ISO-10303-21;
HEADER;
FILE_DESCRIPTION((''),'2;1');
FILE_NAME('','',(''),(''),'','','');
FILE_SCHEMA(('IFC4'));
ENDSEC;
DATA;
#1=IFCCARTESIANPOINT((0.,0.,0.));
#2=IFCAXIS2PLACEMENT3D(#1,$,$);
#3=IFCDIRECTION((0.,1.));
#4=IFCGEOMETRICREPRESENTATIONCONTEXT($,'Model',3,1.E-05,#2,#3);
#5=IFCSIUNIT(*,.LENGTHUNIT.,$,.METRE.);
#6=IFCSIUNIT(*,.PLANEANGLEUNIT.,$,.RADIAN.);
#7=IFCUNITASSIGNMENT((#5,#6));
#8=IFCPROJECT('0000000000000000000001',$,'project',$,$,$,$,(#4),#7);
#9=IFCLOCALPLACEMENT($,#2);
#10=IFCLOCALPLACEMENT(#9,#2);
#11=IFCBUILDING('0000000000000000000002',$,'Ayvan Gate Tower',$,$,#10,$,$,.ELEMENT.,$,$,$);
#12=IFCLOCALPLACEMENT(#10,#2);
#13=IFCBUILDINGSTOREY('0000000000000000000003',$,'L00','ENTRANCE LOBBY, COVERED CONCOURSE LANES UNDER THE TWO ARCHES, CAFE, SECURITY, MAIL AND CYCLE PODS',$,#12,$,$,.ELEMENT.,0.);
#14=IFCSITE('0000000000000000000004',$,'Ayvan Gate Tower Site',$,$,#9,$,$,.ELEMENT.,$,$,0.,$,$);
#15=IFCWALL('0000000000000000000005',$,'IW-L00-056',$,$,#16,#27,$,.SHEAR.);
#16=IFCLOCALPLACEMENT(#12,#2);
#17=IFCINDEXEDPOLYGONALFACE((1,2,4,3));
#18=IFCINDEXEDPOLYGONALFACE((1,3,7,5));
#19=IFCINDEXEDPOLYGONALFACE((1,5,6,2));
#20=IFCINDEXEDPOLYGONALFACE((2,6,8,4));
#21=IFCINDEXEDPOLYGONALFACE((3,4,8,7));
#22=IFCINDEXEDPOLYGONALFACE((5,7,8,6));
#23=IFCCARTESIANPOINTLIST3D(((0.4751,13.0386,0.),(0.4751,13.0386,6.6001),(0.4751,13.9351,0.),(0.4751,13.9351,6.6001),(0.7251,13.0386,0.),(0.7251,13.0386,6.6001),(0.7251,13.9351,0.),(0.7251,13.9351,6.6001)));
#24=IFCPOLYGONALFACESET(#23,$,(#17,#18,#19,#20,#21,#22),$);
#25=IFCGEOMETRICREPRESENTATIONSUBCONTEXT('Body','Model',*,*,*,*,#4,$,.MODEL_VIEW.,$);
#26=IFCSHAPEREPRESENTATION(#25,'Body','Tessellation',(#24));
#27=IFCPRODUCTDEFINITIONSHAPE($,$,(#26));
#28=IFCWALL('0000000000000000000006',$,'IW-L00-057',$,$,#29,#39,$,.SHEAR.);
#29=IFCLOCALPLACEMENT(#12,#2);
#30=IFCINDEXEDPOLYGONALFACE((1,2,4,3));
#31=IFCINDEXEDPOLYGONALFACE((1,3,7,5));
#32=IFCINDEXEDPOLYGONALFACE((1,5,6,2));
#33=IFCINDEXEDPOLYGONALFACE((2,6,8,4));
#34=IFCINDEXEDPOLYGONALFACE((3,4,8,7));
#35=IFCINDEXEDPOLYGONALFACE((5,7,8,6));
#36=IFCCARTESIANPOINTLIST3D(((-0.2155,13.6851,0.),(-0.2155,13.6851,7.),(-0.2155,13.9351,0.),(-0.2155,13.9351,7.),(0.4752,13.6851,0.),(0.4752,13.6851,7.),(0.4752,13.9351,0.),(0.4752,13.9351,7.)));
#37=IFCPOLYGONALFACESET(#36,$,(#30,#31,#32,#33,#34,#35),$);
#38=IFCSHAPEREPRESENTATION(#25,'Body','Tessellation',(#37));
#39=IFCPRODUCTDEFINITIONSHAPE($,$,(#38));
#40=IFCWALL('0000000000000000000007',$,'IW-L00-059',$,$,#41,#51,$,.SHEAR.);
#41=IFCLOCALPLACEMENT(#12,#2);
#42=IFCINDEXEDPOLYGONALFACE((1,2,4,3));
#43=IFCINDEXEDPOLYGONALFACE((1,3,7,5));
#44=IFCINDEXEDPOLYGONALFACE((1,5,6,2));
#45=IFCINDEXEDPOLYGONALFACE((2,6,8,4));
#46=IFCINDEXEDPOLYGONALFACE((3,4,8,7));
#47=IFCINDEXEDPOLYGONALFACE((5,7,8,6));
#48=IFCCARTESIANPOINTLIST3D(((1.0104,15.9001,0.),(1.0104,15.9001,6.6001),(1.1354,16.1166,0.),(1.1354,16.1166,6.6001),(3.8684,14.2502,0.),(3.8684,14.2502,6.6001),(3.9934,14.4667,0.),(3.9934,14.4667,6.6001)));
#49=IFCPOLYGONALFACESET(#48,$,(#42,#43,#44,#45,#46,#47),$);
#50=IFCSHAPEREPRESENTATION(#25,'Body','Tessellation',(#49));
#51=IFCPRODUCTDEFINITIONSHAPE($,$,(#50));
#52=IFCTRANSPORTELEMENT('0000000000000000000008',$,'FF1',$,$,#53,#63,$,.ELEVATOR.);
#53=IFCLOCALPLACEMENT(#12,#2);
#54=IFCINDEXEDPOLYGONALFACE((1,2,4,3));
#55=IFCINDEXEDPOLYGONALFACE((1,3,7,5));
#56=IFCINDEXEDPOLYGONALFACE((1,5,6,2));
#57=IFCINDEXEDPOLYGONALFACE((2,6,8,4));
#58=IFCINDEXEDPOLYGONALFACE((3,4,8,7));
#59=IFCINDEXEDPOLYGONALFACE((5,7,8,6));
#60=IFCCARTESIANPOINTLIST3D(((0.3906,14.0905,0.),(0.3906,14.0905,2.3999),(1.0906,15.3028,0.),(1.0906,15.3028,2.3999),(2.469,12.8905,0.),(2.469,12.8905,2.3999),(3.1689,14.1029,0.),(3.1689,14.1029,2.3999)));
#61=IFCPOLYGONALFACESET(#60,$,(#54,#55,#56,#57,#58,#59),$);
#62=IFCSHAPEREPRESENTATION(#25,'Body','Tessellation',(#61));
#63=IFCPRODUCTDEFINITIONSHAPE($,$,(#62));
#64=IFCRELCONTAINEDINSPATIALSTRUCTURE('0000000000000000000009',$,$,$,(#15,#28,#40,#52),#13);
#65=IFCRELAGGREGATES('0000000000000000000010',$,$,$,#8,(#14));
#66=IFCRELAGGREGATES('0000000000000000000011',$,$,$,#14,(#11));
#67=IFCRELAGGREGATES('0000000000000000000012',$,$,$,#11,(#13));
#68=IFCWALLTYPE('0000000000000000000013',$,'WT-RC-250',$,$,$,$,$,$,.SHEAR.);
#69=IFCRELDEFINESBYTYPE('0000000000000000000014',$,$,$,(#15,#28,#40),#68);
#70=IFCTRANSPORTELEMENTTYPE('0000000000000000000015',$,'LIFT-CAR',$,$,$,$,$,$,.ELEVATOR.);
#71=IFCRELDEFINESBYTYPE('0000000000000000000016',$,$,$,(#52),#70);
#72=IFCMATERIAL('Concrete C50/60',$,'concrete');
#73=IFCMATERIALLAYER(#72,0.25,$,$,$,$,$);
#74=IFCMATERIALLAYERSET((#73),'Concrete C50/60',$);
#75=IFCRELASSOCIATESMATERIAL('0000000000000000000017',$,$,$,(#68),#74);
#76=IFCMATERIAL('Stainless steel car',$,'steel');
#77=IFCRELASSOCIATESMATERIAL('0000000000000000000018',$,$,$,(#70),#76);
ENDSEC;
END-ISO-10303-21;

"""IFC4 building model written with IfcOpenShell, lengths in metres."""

from ifc_helpers import new_model, si_unit, direction, frame, frame_2d, origin, origin_2d, place, context, subcontext, project, spatial, rectangle, extrude, material, layer, layer_set, type_object, element, save


model = new_model("IFC4")

# Units and contexts
model_context = context("Model", 3, precision=1e-05, world=origin(), true_north=direction((0.0, 1.0)))
body_context = subcontext(model_context, "Body", "Model", "MODEL_VIEW")
ifc_project = project(units=[si_unit("LENGTHUNIT", "METRE"), si_unit("PLANEANGLEUNIT", "RADIAN")], contexts=[model_context])

# Site, building, storey
site_placement = place(None, origin())
site = spatial("IfcSite", under=ifc_project, at=site_placement, Name="Ayvan Gate Tower Site", CompositionType="ELEMENT", RefElevation=0.0)
building_placement = place(site_placement, origin())
building = spatial("IfcBuilding", under=site, at=building_placement, Name="Ayvan Gate Tower", CompositionType="ELEMENT")
storey_placement = place(building_placement, origin())
storey = spatial("IfcBuildingStorey", under=building, at=storey_placement, Name="L00", Description="ENTRANCE LOBBY, COVERED CONCOURSE LANES UNDER THE TWO ARCHES, CAFE, SECURITY, MAIL AND CYCLE PODS", CompositionType="ELEMENT", Elevation=0.0)

# Walls
ifc_material_1 = material(Name="Concrete C50/60", Category="concrete")
ifc_layer_1 = layer(ifc_material_1, 0.25)
ifc_layer_set_1 = layer_set([ifc_layer_1], Name="Concrete C50/60")
wall_type_1 = type_object("IfcWallType", Name="WT-RC-250", PredefinedType="SHEAR", material=ifc_layer_set_1)
wall_1_placement = place(storey_placement, frame((0.6001, 13.0386, 0.0), z_axis=(0.0, 0.0, 1.0), x_axis=(0.0, 1.0, 0.0)))
element("IfcWall", 1, at=wall_1_placement, inside=storey, type_object=wall_type_1, Name="IW-L00-056", PredefinedType="SHEAR", context=body_context, shape_type="SweptSolid", body=[
    extrude(rectangle(XDim=0.8965, YDim=0.25, at=frame_2d((0.4482, 0.0))), origin(), (0.0, 0.0, 1.0), 6.6001),
])
wall_2_placement = place(storey_placement, frame((0.4751, 13.8101, 0.0), z_axis=(0.0, 0.0, 1.0), x_axis=(-1.0, 0.0, 0.0)))
element("IfcWall", 2, at=wall_2_placement, inside=storey, type_object=wall_type_1, Name="IW-L00-057", PredefinedType="SHEAR", context=body_context, shape_type="SweptSolid", body=[
    extrude(rectangle(XDim=0.6907, YDim=0.25, at=frame_2d((0.3452, 0.0))), origin(), (0.0, 0.0, 1.0), 7.0),
])
wall_3_placement = place(storey_placement, frame((1.073, 16.0083, 0.0), z_axis=(0.0, 0.0, 1.0), x_axis=(0.86604, -0.499974, 0.0)))
element("IfcWall", 3, at=wall_3_placement, inside=storey, type_object=wall_type_1, Name="IW-L00-059", PredefinedType="SHEAR", context=body_context, shape_type="SweptSolid", body=[
    extrude(rectangle(XDim=3.3, YDim=0.25, at=frame_2d((1.6499, 0.0))), origin(), (0.0, 0.0, 1.0), 6.6001),
])

# Transport element
ifc_material_2 = material(Name="Stainless steel car", Category="steel")
transport_element_type = type_object("IfcTransportElementType", Name="LIFT-CAR", PredefinedType="ELEVATOR", material=ifc_material_2)
transport_element_placement = place(storey_placement, frame((1.7798, 14.0967, 0.0), z_axis=(0.0, 0.0, 1.0), x_axis=(-0.866025, 0.5, 0.0)))
element("IfcTransportElement", 4, at=transport_element_placement, inside=storey, type_object=transport_element_type, Name="FF1", PredefinedType="ELEVATOR", context=body_context, shape_type="SweptSolid", body=[
    extrude(rectangle(XDim=2.3999, YDim=1.3999, at=origin_2d()), origin(), (0.0, 0.0, 1.0), 2.3999),
])

save(model, "model.ifc")
